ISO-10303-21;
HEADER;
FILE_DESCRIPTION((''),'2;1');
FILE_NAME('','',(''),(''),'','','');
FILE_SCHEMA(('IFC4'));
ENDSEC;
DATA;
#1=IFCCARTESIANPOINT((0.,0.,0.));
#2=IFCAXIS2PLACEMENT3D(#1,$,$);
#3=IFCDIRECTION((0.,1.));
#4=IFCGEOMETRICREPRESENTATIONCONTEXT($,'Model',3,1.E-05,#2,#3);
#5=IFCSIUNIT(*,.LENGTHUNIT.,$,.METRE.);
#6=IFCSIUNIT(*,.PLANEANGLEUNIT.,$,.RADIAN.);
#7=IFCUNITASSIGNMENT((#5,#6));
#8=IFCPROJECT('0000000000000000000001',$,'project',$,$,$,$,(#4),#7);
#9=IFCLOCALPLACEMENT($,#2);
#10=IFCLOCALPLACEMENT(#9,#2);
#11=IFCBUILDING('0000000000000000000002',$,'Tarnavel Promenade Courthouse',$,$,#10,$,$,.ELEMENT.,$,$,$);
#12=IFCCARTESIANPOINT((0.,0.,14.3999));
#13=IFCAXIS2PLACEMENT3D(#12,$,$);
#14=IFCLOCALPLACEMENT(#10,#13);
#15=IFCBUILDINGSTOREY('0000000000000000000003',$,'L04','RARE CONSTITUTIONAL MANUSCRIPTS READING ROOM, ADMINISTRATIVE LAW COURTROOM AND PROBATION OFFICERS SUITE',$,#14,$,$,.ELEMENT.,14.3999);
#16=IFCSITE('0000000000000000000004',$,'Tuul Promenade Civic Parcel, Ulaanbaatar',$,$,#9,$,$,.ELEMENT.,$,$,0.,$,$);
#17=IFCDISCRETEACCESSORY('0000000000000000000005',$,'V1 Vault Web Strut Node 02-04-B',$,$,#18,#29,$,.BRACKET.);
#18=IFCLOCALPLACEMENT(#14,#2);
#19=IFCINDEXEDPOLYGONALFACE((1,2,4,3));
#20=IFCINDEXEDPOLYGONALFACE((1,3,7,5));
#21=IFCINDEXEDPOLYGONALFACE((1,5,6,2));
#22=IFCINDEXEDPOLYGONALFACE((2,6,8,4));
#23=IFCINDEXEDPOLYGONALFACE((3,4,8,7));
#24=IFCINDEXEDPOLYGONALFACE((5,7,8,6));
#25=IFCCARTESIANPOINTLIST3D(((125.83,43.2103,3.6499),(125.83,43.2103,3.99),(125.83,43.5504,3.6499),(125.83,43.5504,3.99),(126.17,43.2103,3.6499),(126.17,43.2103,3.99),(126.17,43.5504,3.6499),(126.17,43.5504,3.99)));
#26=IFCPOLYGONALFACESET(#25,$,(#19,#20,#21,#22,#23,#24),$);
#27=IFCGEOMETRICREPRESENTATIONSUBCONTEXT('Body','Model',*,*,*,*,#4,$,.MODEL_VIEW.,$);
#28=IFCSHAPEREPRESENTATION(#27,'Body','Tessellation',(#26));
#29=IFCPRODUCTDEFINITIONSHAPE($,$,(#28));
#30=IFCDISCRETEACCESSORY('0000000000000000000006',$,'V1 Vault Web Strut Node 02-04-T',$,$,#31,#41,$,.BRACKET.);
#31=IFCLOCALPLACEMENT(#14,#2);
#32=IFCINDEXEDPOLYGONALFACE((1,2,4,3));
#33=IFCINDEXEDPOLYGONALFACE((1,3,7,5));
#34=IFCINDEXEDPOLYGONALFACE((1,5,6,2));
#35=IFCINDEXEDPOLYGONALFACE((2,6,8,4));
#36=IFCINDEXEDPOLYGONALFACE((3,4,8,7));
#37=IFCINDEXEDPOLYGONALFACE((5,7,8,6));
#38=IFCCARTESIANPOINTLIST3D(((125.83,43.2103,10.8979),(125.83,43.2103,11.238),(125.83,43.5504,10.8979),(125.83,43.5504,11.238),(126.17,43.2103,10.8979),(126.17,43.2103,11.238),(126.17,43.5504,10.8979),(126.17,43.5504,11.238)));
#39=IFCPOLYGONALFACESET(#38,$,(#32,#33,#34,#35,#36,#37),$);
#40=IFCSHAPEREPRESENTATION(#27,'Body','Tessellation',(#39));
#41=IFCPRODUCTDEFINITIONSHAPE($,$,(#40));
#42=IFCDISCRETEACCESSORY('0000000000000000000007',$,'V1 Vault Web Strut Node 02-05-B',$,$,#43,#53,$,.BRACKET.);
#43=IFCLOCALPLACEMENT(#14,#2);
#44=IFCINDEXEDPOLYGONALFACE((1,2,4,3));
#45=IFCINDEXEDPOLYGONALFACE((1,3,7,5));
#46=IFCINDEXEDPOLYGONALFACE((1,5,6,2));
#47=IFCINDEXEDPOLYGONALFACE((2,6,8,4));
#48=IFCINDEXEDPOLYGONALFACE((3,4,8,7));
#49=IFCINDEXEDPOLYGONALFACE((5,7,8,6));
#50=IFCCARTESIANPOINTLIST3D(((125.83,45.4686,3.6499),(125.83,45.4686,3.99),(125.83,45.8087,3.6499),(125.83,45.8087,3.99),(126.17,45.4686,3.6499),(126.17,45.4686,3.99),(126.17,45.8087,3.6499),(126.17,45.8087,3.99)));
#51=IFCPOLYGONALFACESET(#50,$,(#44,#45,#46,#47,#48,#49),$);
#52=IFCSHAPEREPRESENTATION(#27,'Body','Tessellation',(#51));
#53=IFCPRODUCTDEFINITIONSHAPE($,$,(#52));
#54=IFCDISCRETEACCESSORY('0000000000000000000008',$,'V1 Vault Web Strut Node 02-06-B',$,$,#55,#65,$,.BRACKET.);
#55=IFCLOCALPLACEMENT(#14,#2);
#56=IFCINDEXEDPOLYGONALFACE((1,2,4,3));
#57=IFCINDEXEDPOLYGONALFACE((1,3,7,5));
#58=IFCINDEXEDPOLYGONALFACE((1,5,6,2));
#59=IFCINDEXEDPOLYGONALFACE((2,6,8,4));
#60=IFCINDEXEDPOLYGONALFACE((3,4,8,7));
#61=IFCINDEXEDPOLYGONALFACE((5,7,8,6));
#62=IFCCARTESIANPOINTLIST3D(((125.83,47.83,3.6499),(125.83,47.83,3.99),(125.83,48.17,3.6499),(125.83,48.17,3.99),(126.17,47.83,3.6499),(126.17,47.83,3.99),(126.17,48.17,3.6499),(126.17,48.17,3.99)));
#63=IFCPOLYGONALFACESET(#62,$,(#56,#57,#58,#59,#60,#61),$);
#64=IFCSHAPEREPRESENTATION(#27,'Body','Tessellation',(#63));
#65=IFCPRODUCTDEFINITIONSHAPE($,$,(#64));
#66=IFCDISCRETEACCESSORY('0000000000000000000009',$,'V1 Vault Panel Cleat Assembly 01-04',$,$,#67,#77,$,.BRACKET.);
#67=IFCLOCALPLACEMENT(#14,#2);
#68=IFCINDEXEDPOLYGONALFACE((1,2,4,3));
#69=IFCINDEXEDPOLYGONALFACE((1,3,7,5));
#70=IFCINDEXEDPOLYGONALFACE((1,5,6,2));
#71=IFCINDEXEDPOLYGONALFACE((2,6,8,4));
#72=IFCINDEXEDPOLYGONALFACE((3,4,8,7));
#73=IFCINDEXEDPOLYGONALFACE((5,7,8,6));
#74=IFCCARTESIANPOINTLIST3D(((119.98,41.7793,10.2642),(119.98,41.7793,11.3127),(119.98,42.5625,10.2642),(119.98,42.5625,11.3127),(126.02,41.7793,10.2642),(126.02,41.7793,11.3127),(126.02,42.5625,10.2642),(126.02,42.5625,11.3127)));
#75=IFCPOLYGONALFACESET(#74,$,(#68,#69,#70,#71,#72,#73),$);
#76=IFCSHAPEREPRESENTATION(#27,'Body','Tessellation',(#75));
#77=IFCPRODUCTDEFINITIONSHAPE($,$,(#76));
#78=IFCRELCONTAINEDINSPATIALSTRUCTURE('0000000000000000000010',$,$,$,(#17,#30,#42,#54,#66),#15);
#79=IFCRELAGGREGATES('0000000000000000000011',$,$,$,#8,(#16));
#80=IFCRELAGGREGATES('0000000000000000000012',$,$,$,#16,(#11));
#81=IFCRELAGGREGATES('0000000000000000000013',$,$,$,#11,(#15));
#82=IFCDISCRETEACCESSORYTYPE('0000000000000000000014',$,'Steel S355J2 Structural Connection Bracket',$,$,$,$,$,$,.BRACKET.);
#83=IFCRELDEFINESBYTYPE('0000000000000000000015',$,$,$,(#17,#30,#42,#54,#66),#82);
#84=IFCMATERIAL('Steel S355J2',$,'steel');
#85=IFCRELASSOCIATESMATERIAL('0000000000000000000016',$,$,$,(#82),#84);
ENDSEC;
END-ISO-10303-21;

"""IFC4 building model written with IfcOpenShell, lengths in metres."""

from ifc_helpers import new_model, si_unit, direction, frame, origin, origin_2d, place, context, subcontext, project, spatial, rectangle, extrude, material, type_object, element, save


model = new_model("IFC4")

# Units and contexts
model_context = context("Model", 3, precision=1e-05, world=origin(), true_north=direction((0.0, 1.0)))
body_context = subcontext(model_context, "Body", "Model", "MODEL_VIEW")
ifc_project = project(units=[si_unit("LENGTHUNIT", "METRE"), si_unit("PLANEANGLEUNIT", "RADIAN")], contexts=[model_context])

# Site, building, storey
site_placement = place(None, origin())
site = spatial("IfcSite", under=ifc_project, at=site_placement, Name="Tuul Promenade Civic Parcel, Ulaanbaatar", CompositionType="ELEMENT", RefElevation=0.0)
building_placement = place(site_placement, origin())
building = spatial("IfcBuilding", under=site, at=building_placement, Name="Tarnavel Promenade Courthouse", CompositionType="ELEMENT")
storey_placement = place(building_placement, frame((0.0, 0.0, 14.3999)))
storey = spatial("IfcBuildingStorey", under=building, at=storey_placement, Name="L04", Description="RARE CONSTITUTIONAL MANUSCRIPTS READING ROOM, ADMINISTRATIVE LAW COURTROOM AND PROBATION OFFICERS SUITE", CompositionType="ELEMENT", Elevation=14.3999)

# Shared definitions
ifc_material_1 = material(Name="Steel S355J2", Category="steel")

# Discrete accessories
discrete_accessory_type = type_object("IfcDiscreteAccessoryType", Name="Steel S355J2 Structural Connection Bracket", PredefinedType="BRACKET", material=ifc_material_1)
for number, where, z_axis, x_axis, name in (
    (1, (126.0, 43.3804, 3.6499), (0.0, 0.0, 1.0), (1.0, 0.0, 0.0), "V1 Vault Web Strut Node 02-04-B"),
    (2, (126.0, 43.3804, 10.8979), (0.0, 0.0, 1.0), (1.0, 0.0, 0.0), "V1 Vault Web Strut Node 02-04-T"),
    (3, (126.0, 45.6387, 3.6499), (0.0, 0.0, 1.0), (1.0, 0.0, 0.0), "V1 Vault Web Strut Node 02-05-B"),
    (4, (126.0, 48.0, 3.6499), (0.0, 0.0, 1.0), (1.0, 0.0, 0.0), "V1 Vault Web Strut Node 02-06-B"),
):
    element("IfcDiscreteAccessory", number, at=place(storey_placement, frame(where, z_axis=z_axis, x_axis=x_axis)), inside=storey, type_object=discrete_accessory_type, Name=name, PredefinedType="BRACKET", context=body_context, shape_type="SweptSolid", body=[
        extrude(rectangle(XDim=0.3401, YDim=0.3401, at=origin_2d()), origin(), (0.0, 0.0, 1.0), 0.3401),
    ])
discrete_accessory_placement = place(storey_placement, frame((123.0, 42.1709, 10.2642), z_axis=(0.0, 0.0, 1.0), x_axis=(1.0, 0.0, 0.0)))
element("IfcDiscreteAccessory", 5, at=discrete_accessory_placement, inside=storey, type_object=discrete_accessory_type, Name="V1 Vault Panel Cleat Assembly 01-04", PredefinedType="BRACKET", context=body_context, shape_type="SweptSolid", body=[
    extrude(rectangle(XDim=6.04, YDim=0.7832, at=origin_2d()), origin(), (0.0, 0.0, 1.0), 1.0486),
])

save(model, "model.ifc")
